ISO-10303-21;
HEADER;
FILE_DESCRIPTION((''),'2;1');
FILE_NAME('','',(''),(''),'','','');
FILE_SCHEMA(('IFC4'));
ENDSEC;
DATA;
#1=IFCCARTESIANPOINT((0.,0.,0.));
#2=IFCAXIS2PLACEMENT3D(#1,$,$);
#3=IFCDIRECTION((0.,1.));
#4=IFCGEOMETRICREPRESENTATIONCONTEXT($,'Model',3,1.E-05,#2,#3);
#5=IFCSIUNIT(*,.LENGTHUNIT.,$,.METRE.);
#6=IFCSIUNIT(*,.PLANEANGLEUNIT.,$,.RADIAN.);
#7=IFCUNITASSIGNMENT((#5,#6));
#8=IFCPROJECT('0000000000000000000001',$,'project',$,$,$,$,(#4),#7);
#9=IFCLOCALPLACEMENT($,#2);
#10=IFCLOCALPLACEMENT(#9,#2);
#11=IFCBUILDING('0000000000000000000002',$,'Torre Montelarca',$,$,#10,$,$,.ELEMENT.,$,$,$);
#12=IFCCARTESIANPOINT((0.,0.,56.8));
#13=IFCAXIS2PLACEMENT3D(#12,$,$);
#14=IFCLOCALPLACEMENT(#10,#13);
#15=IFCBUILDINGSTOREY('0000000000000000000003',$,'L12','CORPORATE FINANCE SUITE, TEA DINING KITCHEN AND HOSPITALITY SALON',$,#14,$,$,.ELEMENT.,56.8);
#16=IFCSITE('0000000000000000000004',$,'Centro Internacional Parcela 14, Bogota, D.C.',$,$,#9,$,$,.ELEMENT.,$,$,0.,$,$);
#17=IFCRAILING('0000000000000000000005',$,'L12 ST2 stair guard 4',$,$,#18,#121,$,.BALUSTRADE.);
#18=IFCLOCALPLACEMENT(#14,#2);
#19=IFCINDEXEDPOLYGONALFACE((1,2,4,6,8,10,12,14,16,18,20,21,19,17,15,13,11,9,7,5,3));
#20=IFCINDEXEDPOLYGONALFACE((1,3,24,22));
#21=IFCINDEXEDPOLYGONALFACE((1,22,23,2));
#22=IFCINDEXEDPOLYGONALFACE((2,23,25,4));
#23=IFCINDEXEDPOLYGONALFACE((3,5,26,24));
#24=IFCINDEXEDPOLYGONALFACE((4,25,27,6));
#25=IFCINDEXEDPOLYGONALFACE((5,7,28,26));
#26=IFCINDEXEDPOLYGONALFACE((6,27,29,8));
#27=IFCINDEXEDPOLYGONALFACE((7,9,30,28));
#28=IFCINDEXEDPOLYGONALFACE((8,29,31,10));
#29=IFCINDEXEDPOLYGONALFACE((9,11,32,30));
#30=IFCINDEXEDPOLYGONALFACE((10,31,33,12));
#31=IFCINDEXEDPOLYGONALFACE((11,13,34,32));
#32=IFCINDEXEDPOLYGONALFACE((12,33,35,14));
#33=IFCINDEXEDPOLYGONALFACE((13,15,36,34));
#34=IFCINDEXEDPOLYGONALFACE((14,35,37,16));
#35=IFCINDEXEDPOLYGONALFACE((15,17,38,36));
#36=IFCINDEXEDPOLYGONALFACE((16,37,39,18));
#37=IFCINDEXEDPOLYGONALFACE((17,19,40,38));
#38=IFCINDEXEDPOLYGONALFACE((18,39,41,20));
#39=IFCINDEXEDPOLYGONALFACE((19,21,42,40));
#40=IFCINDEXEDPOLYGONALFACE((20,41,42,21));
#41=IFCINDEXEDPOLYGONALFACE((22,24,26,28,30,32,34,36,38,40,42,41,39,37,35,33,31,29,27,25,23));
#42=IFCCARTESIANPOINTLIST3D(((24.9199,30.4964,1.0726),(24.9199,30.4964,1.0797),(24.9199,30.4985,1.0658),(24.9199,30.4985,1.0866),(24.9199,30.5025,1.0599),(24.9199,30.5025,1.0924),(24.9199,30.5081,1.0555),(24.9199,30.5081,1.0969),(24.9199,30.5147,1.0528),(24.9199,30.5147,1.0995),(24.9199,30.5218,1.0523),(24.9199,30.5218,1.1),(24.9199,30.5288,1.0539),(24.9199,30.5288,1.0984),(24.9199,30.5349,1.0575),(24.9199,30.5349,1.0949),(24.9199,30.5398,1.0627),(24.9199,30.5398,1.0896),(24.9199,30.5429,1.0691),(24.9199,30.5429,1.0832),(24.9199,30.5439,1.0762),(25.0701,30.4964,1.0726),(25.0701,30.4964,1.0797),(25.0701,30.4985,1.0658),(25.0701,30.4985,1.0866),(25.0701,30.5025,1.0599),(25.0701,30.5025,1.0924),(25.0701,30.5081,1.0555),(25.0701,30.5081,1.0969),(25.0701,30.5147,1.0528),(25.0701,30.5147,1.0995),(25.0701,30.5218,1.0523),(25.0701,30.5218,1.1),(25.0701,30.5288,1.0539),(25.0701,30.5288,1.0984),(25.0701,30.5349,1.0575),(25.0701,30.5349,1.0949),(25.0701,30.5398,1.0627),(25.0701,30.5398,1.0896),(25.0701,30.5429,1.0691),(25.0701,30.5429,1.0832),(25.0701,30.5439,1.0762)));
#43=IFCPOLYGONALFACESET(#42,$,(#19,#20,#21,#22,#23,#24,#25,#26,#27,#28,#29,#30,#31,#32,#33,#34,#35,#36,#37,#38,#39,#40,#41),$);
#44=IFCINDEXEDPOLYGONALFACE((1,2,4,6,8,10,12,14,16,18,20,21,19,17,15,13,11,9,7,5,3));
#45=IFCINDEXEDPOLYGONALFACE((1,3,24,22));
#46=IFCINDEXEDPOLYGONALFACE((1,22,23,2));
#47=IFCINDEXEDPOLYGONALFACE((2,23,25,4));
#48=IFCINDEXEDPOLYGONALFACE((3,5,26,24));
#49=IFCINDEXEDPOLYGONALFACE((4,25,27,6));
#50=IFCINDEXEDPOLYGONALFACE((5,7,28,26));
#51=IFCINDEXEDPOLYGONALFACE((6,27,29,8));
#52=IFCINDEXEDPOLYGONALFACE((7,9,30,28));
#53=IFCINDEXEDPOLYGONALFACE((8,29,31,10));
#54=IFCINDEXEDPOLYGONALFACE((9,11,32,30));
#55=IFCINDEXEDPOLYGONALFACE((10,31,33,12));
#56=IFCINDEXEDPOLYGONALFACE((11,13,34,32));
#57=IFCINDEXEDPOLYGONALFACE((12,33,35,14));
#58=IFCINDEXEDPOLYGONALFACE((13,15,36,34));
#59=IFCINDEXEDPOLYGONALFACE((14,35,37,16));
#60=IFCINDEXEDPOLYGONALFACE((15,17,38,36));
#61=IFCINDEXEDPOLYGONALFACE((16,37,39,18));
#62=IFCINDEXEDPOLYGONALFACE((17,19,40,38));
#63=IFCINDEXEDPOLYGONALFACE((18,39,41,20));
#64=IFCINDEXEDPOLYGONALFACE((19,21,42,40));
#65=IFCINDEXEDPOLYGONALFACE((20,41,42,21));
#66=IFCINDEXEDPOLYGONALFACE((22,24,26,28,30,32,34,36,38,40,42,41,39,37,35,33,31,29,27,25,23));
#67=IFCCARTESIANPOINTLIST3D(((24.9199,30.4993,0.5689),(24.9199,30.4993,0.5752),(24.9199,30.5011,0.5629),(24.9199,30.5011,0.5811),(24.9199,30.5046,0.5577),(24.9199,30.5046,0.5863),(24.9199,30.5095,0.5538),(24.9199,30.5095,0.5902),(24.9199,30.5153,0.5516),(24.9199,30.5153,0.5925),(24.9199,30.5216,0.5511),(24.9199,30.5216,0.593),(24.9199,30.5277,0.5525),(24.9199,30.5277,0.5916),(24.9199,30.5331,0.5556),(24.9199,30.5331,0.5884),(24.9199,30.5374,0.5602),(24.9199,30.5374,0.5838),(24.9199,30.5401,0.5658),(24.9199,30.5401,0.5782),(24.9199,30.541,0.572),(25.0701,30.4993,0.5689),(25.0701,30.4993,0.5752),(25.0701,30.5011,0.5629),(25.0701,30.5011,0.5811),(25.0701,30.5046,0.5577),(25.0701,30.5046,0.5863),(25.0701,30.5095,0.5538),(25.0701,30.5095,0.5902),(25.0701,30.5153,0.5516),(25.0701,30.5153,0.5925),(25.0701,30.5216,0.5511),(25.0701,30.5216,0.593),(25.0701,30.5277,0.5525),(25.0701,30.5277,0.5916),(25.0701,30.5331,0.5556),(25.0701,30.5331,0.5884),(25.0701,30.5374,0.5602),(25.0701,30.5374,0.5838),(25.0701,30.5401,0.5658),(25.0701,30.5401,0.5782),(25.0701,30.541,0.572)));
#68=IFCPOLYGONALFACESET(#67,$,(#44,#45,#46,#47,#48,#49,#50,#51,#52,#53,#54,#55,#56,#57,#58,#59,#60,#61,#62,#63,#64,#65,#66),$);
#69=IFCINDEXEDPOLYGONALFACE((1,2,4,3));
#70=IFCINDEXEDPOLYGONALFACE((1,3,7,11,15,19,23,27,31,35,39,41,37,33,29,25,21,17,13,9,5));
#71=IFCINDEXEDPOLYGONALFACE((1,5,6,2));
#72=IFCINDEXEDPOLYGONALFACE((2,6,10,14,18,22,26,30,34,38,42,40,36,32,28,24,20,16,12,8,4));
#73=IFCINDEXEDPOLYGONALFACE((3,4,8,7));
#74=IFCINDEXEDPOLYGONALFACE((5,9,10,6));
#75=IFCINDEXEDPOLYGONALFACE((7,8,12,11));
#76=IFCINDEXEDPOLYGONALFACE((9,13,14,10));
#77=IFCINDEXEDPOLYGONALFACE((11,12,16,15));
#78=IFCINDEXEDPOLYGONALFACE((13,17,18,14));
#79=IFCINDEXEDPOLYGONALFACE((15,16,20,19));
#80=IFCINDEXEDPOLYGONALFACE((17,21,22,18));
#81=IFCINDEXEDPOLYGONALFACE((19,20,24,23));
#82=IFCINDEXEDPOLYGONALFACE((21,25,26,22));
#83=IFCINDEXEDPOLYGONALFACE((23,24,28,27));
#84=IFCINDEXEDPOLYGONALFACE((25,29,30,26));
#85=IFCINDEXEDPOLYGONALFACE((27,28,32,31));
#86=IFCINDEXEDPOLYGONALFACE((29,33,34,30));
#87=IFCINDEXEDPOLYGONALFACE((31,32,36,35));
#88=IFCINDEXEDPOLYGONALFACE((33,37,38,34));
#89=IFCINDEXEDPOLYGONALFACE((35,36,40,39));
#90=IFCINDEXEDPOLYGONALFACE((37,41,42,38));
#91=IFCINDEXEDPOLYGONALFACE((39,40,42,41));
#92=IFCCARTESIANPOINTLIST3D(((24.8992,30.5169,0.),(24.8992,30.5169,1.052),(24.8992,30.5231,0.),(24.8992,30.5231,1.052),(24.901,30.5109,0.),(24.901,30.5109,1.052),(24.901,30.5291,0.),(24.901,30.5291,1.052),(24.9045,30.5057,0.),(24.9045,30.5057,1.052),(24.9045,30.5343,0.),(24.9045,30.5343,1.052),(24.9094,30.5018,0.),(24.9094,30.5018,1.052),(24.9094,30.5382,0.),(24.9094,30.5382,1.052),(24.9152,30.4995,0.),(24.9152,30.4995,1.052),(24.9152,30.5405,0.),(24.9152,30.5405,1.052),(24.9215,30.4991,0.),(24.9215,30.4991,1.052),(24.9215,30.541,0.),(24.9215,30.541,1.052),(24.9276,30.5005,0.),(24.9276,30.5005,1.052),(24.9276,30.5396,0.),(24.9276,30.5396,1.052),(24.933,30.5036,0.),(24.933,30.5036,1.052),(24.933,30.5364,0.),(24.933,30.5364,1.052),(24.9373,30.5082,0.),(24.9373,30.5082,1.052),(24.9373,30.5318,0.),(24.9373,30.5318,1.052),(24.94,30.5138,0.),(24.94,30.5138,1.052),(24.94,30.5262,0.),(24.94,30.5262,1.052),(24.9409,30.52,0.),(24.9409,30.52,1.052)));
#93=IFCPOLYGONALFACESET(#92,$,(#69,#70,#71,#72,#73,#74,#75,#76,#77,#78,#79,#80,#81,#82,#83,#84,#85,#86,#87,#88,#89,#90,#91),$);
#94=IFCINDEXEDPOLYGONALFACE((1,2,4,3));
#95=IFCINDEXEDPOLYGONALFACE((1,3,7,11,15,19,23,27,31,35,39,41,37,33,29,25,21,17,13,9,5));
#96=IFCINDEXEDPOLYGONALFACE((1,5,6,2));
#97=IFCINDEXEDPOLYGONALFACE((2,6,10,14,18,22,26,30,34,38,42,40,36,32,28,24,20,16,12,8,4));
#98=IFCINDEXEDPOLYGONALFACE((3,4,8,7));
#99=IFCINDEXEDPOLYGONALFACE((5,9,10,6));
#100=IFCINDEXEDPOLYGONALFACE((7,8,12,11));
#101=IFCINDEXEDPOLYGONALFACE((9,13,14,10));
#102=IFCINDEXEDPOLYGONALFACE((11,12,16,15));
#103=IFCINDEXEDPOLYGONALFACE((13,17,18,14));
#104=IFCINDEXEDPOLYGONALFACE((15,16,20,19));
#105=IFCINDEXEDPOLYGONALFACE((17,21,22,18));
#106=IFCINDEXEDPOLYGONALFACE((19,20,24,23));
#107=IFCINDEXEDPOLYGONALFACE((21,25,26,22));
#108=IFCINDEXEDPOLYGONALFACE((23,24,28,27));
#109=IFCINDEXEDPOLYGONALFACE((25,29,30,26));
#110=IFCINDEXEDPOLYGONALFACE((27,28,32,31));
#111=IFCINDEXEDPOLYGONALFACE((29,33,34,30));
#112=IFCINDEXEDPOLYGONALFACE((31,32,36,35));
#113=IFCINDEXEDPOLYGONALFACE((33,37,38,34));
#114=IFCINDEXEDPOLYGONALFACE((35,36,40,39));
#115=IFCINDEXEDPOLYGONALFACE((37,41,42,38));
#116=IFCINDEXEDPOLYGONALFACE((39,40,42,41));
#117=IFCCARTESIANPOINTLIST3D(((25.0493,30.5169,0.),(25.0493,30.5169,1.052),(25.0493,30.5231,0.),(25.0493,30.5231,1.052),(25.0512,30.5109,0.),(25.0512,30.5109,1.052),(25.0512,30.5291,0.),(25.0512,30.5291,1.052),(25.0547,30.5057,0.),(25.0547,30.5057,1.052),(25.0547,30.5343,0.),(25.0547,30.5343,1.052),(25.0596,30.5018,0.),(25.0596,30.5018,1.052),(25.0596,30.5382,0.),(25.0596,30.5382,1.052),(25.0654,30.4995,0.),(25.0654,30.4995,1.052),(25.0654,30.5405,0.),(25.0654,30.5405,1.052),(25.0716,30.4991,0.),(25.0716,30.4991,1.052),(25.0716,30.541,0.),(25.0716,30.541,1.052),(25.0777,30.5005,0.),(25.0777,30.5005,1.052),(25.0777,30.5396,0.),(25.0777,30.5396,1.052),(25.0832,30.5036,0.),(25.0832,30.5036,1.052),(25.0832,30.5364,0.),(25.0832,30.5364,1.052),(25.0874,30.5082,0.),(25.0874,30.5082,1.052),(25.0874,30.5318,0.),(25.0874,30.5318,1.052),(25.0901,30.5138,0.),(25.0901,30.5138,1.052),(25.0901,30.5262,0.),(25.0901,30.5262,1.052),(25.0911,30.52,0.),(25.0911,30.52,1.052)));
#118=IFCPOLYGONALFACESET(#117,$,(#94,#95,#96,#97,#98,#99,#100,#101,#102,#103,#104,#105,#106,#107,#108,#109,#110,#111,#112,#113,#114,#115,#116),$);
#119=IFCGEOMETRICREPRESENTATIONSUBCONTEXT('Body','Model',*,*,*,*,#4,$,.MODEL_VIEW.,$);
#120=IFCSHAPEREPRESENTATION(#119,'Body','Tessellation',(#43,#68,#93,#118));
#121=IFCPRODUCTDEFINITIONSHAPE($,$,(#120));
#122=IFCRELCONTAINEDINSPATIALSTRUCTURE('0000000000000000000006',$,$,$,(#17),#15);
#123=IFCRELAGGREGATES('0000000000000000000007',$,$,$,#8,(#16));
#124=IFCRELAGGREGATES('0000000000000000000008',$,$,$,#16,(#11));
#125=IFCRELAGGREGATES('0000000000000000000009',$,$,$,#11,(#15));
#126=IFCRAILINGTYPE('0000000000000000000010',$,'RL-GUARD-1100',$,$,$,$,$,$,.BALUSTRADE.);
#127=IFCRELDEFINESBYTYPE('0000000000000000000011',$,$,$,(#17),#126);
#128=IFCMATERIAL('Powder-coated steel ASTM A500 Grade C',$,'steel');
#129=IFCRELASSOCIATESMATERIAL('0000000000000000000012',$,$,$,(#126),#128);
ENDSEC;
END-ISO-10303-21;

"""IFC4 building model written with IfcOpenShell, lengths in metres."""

from ifc_helpers import new_model, si_unit, direction, frame, origin, origin_2d, place, context, subcontext, project, spatial, circle, extrude, material, type_object, element, save


model = new_model("IFC4")

# Units and contexts
model_context = context("Model", 3, precision=1e-05, world=origin(), true_north=direction((0.0, 1.0)))
body_context = subcontext(model_context, "Body", "Model", "MODEL_VIEW")
ifc_project = project(units=[si_unit("LENGTHUNIT", "METRE"), si_unit("PLANEANGLEUNIT", "RADIAN")], contexts=[model_context])

# Site, building, storey
site_placement = place(None, origin())
site = spatial("IfcSite", under=ifc_project, at=site_placement, Name="Centro Internacional Parcela 14, Bogota, D.C.", CompositionType="ELEMENT", RefElevation=0.0)
building_placement = place(site_placement, origin())
building = spatial("IfcBuilding", under=site, at=building_placement, Name="Torre Montelarca", CompositionType="ELEMENT")
storey_placement = place(building_placement, frame((0.0, 0.0, 56.8)))
storey = spatial("IfcBuildingStorey", under=building, at=storey_placement, Name="L12", Description="CORPORATE FINANCE SUITE, TEA DINING KITCHEN AND HOSPITALITY SALON", CompositionType="ELEMENT", Elevation=56.8)

# Railing
ifc_material_1 = material(Name="Powder-coated steel ASTM A500 Grade C", Category="steel")
railing_type_1 = type_object("IfcRailingType", Name="RL-GUARD-1100", PredefinedType="BALUSTRADE", material=ifc_material_1)
railing_1_placement = place(storey_placement, frame((24.9199, 30.52, 0.0)))
element("IfcRailing", 1, at=railing_1_placement, inside=storey, type_object=railing_type_1, Name="L12 ST2 stair guard 4", PredefinedType="BALUSTRADE", context=body_context, shape_type="SweptSolid", body=[
    extrude(circle(Radius=0.0239, at=origin_2d()), frame((0.0, 0.0, 1.0762), z_axis=(1.0, 0.0, 0.0), x_axis=(0.0, 1.0, 0.0)), (0.0, 0.0, 1.0), 0.1501),
    extrude(circle(Radius=0.021, at=origin_2d()), frame((0.0, 0.0, 0.572), z_axis=(1.0, 0.0, 0.0), x_axis=(0.0, 1.0, 0.0)), (0.0, 0.0, 1.0), 0.1501),
    extrude(circle(Radius=0.021, at=origin_2d()), origin(), (0.0, 0.0, 1.0), 1.052),
    extrude(circle(Radius=0.021, at=origin_2d()), frame((0.1501, 0.0, 0.0)), (0.0, 0.0, 1.0), 1.052),
])

save(model, "model.ifc")
